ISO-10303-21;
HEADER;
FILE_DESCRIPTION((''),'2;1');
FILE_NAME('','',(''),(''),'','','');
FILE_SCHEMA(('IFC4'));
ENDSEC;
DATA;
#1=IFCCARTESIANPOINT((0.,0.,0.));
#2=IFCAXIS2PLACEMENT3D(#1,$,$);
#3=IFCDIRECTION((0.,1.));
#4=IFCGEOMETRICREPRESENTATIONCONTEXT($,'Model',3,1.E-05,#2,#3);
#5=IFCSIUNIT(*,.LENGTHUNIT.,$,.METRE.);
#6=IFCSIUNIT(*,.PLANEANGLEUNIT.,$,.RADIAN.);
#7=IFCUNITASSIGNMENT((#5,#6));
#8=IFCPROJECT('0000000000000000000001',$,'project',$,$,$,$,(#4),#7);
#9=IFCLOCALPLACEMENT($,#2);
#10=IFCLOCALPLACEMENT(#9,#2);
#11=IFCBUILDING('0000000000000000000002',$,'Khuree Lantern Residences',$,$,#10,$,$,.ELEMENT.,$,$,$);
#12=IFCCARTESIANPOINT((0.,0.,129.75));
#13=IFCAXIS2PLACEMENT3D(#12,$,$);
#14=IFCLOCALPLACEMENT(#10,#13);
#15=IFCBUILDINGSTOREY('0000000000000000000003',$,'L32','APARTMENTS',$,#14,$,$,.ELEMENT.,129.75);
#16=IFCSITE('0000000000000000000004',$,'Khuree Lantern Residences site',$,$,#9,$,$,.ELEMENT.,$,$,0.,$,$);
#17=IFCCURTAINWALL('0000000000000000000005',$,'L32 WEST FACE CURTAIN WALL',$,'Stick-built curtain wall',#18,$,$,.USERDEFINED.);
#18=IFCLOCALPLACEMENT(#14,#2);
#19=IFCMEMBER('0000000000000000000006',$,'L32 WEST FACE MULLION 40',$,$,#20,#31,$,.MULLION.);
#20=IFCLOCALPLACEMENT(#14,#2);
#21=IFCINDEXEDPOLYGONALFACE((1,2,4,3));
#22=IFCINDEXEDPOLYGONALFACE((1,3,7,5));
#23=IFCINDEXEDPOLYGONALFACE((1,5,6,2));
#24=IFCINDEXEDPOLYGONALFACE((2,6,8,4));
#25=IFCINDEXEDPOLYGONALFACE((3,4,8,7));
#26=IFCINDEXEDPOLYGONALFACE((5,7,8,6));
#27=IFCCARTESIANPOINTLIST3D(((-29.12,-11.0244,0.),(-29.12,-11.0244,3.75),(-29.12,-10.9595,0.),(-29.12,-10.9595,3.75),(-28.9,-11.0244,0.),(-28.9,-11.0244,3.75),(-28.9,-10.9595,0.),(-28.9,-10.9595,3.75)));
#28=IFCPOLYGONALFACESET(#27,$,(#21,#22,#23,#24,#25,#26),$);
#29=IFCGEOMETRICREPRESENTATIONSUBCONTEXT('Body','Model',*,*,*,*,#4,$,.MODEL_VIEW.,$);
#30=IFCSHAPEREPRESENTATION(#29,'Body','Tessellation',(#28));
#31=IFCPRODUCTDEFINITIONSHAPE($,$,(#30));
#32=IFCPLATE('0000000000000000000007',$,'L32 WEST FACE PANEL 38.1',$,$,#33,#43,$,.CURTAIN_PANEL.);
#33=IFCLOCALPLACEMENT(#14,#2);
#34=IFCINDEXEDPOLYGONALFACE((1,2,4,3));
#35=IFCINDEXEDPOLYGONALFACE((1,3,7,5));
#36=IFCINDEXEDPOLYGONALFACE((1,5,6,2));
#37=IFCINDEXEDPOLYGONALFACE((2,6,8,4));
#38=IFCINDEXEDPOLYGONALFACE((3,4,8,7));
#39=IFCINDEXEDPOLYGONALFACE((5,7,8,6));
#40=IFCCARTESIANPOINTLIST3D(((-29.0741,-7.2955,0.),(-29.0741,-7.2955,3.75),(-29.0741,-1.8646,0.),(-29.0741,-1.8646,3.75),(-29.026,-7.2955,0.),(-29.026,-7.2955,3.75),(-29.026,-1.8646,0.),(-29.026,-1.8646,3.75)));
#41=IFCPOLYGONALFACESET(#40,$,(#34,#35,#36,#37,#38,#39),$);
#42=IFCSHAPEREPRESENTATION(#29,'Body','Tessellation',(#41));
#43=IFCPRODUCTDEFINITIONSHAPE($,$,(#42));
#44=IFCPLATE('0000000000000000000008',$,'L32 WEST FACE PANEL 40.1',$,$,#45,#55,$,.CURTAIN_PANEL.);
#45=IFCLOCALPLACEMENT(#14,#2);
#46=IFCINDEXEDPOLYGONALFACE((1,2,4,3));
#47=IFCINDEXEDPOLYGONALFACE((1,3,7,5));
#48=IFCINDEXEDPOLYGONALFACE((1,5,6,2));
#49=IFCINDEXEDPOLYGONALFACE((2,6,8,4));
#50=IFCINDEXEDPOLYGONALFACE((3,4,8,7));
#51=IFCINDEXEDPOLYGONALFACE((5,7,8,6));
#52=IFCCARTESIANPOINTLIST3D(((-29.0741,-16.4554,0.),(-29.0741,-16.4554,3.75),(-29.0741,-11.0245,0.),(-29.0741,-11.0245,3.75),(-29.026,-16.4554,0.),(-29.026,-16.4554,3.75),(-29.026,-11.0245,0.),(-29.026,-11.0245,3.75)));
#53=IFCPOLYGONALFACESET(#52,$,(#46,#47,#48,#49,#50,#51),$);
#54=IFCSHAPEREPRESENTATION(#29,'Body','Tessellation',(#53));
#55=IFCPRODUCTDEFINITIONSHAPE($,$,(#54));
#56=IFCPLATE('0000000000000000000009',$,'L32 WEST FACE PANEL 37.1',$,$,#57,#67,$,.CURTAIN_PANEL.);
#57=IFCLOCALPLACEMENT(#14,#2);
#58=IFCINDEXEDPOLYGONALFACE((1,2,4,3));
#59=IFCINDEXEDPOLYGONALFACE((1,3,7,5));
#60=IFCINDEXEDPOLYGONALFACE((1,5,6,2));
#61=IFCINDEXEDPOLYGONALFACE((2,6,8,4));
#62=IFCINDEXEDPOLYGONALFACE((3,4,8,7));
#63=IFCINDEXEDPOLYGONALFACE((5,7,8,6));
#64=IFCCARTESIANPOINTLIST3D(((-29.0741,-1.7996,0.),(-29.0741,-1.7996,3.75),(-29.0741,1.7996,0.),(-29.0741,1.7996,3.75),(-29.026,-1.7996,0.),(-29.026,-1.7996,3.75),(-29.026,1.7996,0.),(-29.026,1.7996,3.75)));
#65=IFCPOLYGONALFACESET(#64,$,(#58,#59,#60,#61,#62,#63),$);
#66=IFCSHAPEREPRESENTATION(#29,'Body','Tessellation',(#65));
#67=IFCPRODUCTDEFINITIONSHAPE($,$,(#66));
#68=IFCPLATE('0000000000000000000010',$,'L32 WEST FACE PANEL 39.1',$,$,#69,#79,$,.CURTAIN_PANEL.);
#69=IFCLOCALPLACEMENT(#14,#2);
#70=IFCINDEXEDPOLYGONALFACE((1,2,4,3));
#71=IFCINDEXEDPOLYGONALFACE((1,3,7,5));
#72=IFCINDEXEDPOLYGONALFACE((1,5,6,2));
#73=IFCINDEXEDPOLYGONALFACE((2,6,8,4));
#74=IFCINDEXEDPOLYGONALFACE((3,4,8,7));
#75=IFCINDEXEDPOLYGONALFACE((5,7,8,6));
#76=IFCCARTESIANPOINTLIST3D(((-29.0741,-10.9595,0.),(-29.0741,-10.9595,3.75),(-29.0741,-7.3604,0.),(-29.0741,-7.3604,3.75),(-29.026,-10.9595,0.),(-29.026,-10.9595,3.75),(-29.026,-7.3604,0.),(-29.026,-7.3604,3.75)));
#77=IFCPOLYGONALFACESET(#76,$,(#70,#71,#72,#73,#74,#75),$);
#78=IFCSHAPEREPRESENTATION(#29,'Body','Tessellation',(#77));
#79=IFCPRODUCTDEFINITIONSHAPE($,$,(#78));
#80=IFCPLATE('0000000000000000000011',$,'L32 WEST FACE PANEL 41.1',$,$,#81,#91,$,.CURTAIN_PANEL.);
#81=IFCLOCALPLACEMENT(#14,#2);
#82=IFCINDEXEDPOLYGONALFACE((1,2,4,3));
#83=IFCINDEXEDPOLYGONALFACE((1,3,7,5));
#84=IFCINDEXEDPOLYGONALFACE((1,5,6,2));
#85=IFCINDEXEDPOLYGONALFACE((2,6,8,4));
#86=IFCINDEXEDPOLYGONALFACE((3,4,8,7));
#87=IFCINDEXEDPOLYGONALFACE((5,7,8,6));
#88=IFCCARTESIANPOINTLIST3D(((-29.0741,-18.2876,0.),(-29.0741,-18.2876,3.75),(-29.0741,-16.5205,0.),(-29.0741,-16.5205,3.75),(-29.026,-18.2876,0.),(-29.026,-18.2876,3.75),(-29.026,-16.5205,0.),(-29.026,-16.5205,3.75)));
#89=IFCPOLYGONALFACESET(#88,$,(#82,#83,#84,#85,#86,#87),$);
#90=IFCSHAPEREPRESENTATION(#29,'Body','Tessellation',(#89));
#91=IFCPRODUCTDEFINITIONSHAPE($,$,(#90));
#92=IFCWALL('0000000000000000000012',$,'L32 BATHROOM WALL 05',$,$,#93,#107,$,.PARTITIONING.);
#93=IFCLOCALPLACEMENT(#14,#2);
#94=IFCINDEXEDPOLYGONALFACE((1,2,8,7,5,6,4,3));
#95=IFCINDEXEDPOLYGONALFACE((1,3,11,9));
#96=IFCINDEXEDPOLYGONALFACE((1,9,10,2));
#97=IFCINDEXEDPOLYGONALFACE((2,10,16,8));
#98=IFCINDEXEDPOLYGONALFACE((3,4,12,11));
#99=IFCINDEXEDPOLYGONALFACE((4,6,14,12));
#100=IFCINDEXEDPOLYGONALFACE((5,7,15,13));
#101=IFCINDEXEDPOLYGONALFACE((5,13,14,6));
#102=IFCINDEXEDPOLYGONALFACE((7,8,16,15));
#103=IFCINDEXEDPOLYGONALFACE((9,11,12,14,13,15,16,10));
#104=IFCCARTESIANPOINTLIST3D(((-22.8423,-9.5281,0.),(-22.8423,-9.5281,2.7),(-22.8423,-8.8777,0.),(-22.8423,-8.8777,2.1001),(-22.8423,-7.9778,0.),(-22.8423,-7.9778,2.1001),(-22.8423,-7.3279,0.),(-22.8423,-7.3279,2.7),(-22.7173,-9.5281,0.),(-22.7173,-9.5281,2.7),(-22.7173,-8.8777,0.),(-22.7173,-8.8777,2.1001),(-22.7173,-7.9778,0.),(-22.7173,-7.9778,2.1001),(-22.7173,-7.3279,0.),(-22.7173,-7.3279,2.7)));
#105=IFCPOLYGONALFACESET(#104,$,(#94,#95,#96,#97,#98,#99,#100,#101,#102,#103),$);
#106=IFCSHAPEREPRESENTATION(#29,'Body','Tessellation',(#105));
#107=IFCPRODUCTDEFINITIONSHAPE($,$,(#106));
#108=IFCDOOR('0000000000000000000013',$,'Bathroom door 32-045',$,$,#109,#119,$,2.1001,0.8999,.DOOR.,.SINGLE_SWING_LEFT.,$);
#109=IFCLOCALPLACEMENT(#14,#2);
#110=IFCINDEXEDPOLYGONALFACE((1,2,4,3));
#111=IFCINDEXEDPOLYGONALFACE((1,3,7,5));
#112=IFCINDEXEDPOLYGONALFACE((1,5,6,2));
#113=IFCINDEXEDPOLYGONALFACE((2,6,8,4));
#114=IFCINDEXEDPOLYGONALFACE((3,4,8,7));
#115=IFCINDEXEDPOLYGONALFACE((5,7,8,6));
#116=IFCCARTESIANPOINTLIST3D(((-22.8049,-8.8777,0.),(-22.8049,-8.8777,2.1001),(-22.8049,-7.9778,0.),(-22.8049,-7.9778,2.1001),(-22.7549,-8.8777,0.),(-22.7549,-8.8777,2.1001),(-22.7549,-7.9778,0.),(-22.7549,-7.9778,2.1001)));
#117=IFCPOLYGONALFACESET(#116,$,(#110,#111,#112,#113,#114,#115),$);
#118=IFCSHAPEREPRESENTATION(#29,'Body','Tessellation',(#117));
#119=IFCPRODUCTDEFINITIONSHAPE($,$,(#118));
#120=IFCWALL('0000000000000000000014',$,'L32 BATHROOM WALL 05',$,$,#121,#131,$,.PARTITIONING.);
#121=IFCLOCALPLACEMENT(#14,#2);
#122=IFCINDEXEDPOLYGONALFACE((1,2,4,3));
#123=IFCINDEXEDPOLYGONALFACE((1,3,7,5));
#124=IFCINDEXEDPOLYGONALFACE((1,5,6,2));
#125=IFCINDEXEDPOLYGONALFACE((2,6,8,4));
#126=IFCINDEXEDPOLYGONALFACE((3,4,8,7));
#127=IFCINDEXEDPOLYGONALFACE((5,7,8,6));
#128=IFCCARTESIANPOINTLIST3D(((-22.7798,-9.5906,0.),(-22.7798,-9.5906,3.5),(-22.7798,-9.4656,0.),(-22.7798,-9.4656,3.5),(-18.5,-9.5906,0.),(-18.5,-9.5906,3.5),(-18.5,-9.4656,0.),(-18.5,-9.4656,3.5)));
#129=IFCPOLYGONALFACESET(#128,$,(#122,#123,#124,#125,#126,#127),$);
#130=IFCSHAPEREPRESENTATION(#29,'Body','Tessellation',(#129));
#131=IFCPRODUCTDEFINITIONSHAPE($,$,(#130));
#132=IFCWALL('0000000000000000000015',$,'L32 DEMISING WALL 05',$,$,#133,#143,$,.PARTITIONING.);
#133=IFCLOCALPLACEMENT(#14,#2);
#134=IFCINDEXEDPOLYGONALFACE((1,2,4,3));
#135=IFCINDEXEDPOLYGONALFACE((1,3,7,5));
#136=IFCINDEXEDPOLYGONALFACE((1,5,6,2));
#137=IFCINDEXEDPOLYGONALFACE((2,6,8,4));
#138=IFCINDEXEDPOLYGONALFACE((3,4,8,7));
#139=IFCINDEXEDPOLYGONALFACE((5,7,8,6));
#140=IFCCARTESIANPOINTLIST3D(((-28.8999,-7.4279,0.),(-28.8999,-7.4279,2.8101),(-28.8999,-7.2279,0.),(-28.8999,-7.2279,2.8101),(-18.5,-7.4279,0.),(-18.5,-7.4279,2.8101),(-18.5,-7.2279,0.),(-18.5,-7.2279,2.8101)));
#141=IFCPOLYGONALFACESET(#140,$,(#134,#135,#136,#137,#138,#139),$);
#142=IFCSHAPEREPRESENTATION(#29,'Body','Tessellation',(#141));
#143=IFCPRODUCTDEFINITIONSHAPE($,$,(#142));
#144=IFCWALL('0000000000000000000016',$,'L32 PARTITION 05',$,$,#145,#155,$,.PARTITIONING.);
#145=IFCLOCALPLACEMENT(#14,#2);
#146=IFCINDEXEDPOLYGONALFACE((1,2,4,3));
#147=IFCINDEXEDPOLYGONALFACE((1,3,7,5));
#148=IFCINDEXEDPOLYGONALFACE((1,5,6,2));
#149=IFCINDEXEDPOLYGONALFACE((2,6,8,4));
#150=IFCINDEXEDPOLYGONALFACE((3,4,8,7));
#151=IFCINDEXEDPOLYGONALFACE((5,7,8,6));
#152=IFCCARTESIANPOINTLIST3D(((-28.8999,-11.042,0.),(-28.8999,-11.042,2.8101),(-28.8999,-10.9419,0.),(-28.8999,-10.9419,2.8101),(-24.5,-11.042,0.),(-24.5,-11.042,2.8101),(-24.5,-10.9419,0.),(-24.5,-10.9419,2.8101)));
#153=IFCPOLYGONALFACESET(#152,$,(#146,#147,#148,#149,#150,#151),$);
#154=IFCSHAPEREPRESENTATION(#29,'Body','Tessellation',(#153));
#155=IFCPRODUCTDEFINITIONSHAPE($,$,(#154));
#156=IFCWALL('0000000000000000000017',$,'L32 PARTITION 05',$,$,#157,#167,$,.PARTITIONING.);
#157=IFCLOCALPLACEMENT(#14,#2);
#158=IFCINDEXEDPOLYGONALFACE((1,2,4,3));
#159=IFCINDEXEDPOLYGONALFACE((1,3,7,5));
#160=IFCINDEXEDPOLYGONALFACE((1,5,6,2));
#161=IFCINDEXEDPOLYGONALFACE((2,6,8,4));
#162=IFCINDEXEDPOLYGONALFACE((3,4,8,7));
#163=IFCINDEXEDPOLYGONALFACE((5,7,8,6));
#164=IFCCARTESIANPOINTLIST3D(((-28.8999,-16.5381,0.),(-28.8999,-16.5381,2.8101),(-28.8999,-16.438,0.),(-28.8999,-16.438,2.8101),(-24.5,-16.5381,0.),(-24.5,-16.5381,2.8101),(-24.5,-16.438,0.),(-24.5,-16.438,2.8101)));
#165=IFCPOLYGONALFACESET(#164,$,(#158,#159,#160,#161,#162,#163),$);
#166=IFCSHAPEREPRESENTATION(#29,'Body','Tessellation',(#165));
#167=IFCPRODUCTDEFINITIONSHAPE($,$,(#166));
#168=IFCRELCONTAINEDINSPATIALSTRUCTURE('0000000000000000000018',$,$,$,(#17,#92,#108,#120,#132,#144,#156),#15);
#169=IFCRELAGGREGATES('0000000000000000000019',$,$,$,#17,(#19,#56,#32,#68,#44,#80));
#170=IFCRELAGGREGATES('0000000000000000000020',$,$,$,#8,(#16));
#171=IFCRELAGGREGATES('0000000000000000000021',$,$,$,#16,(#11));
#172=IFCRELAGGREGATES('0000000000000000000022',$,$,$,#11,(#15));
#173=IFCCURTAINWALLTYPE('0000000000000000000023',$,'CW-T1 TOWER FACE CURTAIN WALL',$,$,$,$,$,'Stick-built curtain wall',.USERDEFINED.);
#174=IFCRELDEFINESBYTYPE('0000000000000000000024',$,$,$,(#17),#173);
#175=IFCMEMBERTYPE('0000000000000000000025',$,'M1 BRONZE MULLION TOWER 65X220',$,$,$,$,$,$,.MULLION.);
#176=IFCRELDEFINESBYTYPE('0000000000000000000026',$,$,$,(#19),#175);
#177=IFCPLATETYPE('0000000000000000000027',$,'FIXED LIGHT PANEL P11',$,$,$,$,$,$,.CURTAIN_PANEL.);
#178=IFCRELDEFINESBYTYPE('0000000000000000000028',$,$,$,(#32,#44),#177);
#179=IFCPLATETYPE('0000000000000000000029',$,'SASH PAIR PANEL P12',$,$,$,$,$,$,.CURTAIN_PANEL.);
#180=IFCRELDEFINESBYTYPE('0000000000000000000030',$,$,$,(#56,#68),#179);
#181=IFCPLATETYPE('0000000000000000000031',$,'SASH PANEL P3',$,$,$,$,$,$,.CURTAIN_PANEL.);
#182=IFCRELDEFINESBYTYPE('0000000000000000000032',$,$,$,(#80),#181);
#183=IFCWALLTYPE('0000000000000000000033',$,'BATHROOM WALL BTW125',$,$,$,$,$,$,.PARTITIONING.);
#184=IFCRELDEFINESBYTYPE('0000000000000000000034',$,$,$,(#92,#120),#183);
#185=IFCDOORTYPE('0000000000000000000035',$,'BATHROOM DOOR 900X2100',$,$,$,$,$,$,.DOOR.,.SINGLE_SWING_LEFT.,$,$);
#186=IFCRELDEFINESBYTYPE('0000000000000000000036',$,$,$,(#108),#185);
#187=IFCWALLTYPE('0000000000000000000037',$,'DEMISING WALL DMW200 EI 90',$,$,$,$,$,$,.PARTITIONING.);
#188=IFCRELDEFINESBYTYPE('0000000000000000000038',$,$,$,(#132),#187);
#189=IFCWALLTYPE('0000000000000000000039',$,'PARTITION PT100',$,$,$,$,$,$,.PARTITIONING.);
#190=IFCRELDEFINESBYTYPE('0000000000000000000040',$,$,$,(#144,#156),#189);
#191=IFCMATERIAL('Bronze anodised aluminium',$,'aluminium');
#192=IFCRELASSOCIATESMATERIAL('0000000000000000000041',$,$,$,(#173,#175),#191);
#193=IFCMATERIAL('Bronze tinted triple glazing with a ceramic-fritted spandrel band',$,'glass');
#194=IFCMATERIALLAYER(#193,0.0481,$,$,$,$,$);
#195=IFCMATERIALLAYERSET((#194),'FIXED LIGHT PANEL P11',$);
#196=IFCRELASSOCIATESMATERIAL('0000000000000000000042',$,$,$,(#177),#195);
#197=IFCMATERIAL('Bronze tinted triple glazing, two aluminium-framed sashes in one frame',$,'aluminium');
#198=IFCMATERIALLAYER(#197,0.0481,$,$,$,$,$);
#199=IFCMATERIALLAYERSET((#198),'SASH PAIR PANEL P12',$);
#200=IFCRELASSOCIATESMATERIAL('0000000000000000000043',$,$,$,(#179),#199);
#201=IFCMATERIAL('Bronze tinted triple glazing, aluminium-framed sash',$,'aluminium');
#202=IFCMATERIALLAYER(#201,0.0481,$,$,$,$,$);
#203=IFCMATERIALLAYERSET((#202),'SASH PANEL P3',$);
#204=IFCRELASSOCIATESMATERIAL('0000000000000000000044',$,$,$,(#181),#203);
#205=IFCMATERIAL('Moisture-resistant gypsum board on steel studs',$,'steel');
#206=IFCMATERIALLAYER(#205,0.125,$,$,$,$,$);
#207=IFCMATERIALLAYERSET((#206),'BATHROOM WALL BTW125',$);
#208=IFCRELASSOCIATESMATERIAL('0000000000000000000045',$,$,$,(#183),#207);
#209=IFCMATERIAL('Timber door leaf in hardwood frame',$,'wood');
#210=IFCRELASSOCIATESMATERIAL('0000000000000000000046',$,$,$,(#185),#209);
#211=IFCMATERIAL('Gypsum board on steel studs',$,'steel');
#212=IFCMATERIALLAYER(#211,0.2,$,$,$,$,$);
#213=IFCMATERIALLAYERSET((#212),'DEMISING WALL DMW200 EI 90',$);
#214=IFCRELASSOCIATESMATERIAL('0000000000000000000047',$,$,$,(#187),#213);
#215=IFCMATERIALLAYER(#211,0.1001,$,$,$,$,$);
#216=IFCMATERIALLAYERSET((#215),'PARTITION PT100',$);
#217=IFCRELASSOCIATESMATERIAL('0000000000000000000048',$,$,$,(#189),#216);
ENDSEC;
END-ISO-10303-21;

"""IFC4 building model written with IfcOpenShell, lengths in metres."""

from ifc_helpers import new_model, si_unit, direction, frame, frame_2d, origin, origin_2d, place, context, subcontext, project, spatial, rectangle, extrude, material, layer, layer_set, material_profile, profile_set, type_object, element, fill, aggregate, save


model = new_model("IFC4")

# Units and contexts
model_context = context("Model", 3, precision=1e-05, world=origin(), true_north=direction((0.0, 1.0)))
body_context = subcontext(model_context, "Body", "Model", "MODEL_VIEW")
ifc_project = project(units=[si_unit("LENGTHUNIT", "METRE"), si_unit("PLANEANGLEUNIT", "RADIAN")], contexts=[model_context])

# Site, building, storey
site_placement = place(None, origin())
site = spatial("IfcSite", under=ifc_project, at=site_placement, Name="Khuree Lantern Residences site", CompositionType="ELEMENT", RefElevation=0.0)
building_placement = place(site_placement, origin())
building = spatial("IfcBuilding", under=site, at=building_placement, Name="Khuree Lantern Residences", CompositionType="ELEMENT")
storey_placement = place(building_placement, frame((0.0, 0.0, 129.75)))
storey = spatial("IfcBuildingStorey", under=building, at=storey_placement, Name="L32", Description="APARTMENTS", CompositionType="ELEMENT", Elevation=129.75)

# Curtain wall
ifc_material_1 = material(Name="Bronze anodised aluminium", Category="aluminium")
curtain_wall_type = type_object("IfcCurtainWallType", Name="CW-T1 TOWER FACE CURTAIN WALL", ElementType="Stick-built curtain wall", PredefinedType="USERDEFINED", material=ifc_material_1)
curtain_wall_placement = place(storey_placement, origin())
curtain_wall = element("IfcCurtainWall", 1, at=curtain_wall_placement, inside=storey, type_object=curtain_wall_type, Name="L32 WEST FACE CURTAIN WALL", ObjectType="Stick-built curtain wall", PredefinedType="USERDEFINED")

# Member
ifc_material_profile_1 = material_profile(ifc_material_1, rectangle(XDim=0.0649, YDim=0.22, at=origin_2d()), Name="M1 65X220")
ifc_profile_set_1 = profile_set([ifc_material_profile_1], Name="Bronze anodised aluminium")
member_type_1 = type_object("IfcMemberType", Name="M1 BRONZE MULLION TOWER 65X220", PredefinedType="MULLION", material=ifc_profile_set_1)
member_1_placement = place(storey_placement, frame((-29.01, -10.9919, 0.0), z_axis=(0.0, 0.0, 1.0), x_axis=(0.0, -1.0, 0.0)))
member_1 = element("IfcMember", 2, at=member_1_placement, type_object=member_type_1, Name="L32 WEST FACE MULLION 40", PredefinedType="MULLION", context=body_context, shape_type="SweptSolid", body=[
    extrude(rectangle(XDim=0.0649, YDim=0.22, at=origin_2d()), origin(), (0.0, 0.0, 1.0), 3.75),
])

# Plates
ifc_material_2 = material(Name="Bronze tinted triple glazing with a ceramic-fritted spandrel band", Category="glass")
ifc_layer_1 = layer(ifc_material_2, 0.0481)
ifc_layer_set_1 = layer_set([ifc_layer_1], Name="FIXED LIGHT PANEL P11")
plate_type_1 = type_object("IfcPlateType", Name="FIXED LIGHT PANEL P11", PredefinedType="CURTAIN_PANEL", material=ifc_layer_set_1)
plate_1_placement = place(storey_placement, frame((-29.05, -4.5801, 0.0), z_axis=(0.0, 0.0, 1.0), x_axis=(0.0, -1.0, 0.0)))
plate_1 = element("IfcPlate", 3, at=plate_1_placement, type_object=plate_type_1, Name="L32 WEST FACE PANEL 38.1", PredefinedType="CURTAIN_PANEL", context=body_context, shape_type="SweptSolid", body=[
    extrude(rectangle(XDim=5.4309, YDim=0.0481, at=origin_2d()), origin(), (0.0, 0.0, 1.0), 3.75),
])
plate_2_placement = place(storey_placement, frame((-29.05, -13.74, 0.0), z_axis=(0.0, 0.0, 1.0), x_axis=(0.0, -1.0, 0.0)))
plate_2 = element("IfcPlate", 4, at=plate_2_placement, type_object=plate_type_1, Name="L32 WEST FACE PANEL 40.1", PredefinedType="CURTAIN_PANEL", context=body_context, shape_type="SweptSolid", body=[
    extrude(rectangle(XDim=5.4309, YDim=0.0481, at=origin_2d()), origin(), (0.0, 0.0, 1.0), 3.75),
])
ifc_material_3 = material(Name="Bronze tinted triple glazing, two aluminium-framed sashes in one frame", Category="aluminium")
ifc_layer_2 = layer(ifc_material_3, 0.0481)
ifc_layer_set_2 = layer_set([ifc_layer_2], Name="SASH PAIR PANEL P12")
plate_type_2 = type_object("IfcPlateType", Name="SASH PAIR PANEL P12", PredefinedType="CURTAIN_PANEL", material=ifc_layer_set_2)
plate_3_placement = place(storey_placement, frame((-29.05, 0.0, 0.0), z_axis=(0.0, 0.0, 1.0), x_axis=(0.0, -1.0, 0.0)))
plate_3 = element("IfcPlate", 5, at=plate_3_placement, type_object=plate_type_2, Name="L32 WEST FACE PANEL 37.1", PredefinedType="CURTAIN_PANEL", context=body_context, shape_type="SweptSolid", body=[
    extrude(rectangle(XDim=3.5991, YDim=0.0481, at=origin_2d()), origin(), (0.0, 0.0, 1.0), 3.75),
])
plate_4_placement = place(storey_placement, frame((-29.05, -9.1599, 0.0), z_axis=(0.0, 0.0, 1.0), x_axis=(0.0, -1.0, 0.0)))
plate_4 = element("IfcPlate", 6, at=plate_4_placement, type_object=plate_type_2, Name="L32 WEST FACE PANEL 39.1", PredefinedType="CURTAIN_PANEL", context=body_context, shape_type="SweptSolid", body=[
    extrude(rectangle(XDim=3.5991, YDim=0.0481, at=origin_2d()), origin(), (0.0, 0.0, 1.0), 3.75),
])
ifc_material_4 = material(Name="Bronze tinted triple glazing, aluminium-framed sash", Category="aluminium")
ifc_layer_3 = layer(ifc_material_4, 0.0481)
ifc_layer_set_3 = layer_set([ifc_layer_3], Name="SASH PANEL P3")
plate_type_3 = type_object("IfcPlateType", Name="SASH PANEL P3", PredefinedType="CURTAIN_PANEL", material=ifc_layer_set_3)
plate_5_placement = place(storey_placement, frame((-29.05, -17.4041, 0.0), z_axis=(0.0, 0.0, 1.0), x_axis=(0.0, -1.0, 0.0)))
plate_5 = element("IfcPlate", 7, at=plate_5_placement, type_object=plate_type_3, Name="L32 WEST FACE PANEL 41.1", PredefinedType="CURTAIN_PANEL", context=body_context, shape_type="SweptSolid", body=[
    extrude(rectangle(XDim=1.7671, YDim=0.0481, at=origin_2d()), origin(), (0.0, 0.0, 1.0), 3.75),
])
aggregate(curtain_wall, [member_1, plate_3, plate_1, plate_4, plate_2, plate_5])

# Wall, opening, door
ifc_material_5 = material(Name="Moisture-resistant gypsum board on steel studs", Category="steel")
ifc_layer_4 = layer(ifc_material_5, 0.125)
ifc_layer_set_4 = layer_set([ifc_layer_4], Name="BATHROOM WALL BTW125")
wall_type_1 = type_object("IfcWallType", Name="BATHROOM WALL BTW125", PredefinedType="PARTITIONING", material=ifc_layer_set_4)
wall_1_placement = place(storey_placement, frame((-22.7798, -7.3279, 0.0), z_axis=(0.0, 0.0, 1.0), x_axis=(0.0, -1.0, 0.0)))
wall_1 = element("IfcWall", 8, at=wall_1_placement, inside=storey, type_object=wall_type_1, Name="L32 BATHROOM WALL 05", PredefinedType="PARTITIONING", context=body_context, shape_type="SweptSolid", body=[
    extrude(rectangle(XDim=2.2002, YDim=0.125, at=frame_2d((1.1001, 0.0))), origin(), (0.0, 0.0, 1.0), 2.7),
])
opening_1_placement = place(wall_1_placement, frame((0.6499, 0.0, 0.0)))
opening_1 = element("IfcOpeningElement", 9, at=opening_1_placement, cuts=wall_1, PredefinedType="OPENING", context=body_context, shape_type="SweptSolid", body=[
    extrude(rectangle(XDim=0.8999, YDim=2.1001, at=frame_2d((0.45, 1.05))), frame((0.0, 0.0725, 0.0), z_axis=(0.0, -1.0, 0.0), x_axis=(1.0, 0.0, 0.0)), (0.0, 0.0, 1.0), 0.145),
])
ifc_material_6 = material(Name="Timber door leaf in hardwood frame", Category="wood")
door_type_1 = type_object("IfcDoorType", Name="BATHROOM DOOR 900X2100", OperationType="SINGLE_SWING_LEFT", PredefinedType="DOOR", material=ifc_material_6)
door_1_placement = place(opening_1_placement, origin())
door_1 = element("IfcDoor", 10, at=door_1_placement, inside=storey, type_object=door_type_1, Name="Bathroom door 32-045", OperationType="SINGLE_SWING_LEFT", OverallHeight=2.1001, OverallWidth=0.8999, PredefinedType="DOOR", context=body_context, shape_type="SweptSolid", body=[
    extrude(rectangle(XDim=0.8999, YDim=2.1001, at=frame_2d((0.45, 1.05))), frame((0.0, 0.0249, 0.0), z_axis=(0.0, -1.0, 0.0), x_axis=(1.0, 0.0, 0.0)), (0.0, 0.0, 1.0), 0.05),
])
fill(opening_1, door_1)

# Walls
wall_2_placement = place(storey_placement, frame((-18.5, -9.5281, 0.0), z_axis=(0.0, 0.0, 1.0), x_axis=(-1.0, 0.0, 0.0)))
element("IfcWall", 11, at=wall_2_placement, inside=storey, type_object=wall_type_1, Name="L32 BATHROOM WALL 05", PredefinedType="PARTITIONING", context=body_context, shape_type="SweptSolid", body=[
    extrude(rectangle(XDim=4.2798, YDim=0.125, at=frame_2d((2.1399, 0.0))), origin(), (0.0, 0.0, 1.0), 3.5),
])
ifc_material_7 = material(Name="Gypsum board on steel studs", Category="steel")
ifc_layer_5 = layer(ifc_material_7, 0.2)
ifc_layer_set_5 = layer_set([ifc_layer_5], Name="DEMISING WALL DMW200 EI 90")
wall_type_2 = type_object("IfcWallType", Name="DEMISING WALL DMW200 EI 90", PredefinedType="PARTITIONING", material=ifc_layer_set_5)
wall_3_placement = place(storey_placement, frame((-18.5, -7.3279, 0.0), z_axis=(0.0, 0.0, 1.0), x_axis=(-1.0, 0.0, 0.0)))
element("IfcWall", 12, at=wall_3_placement, inside=storey, type_object=wall_type_2, Name="L32 DEMISING WALL 05", PredefinedType="PARTITIONING", context=body_context, shape_type="SweptSolid", body=[
    extrude(rectangle(XDim=10.3999, YDim=0.2, at=frame_2d((5.2, 0.0))), origin(), (0.0, 0.0, 1.0), 2.8101),
])
ifc_layer_6 = layer(ifc_material_7, 0.1001)
ifc_layer_set_6 = layer_set([ifc_layer_6], Name="PARTITION PT100")
wall_type_3 = type_object("IfcWallType", Name="PARTITION PT100", PredefinedType="PARTITIONING", material=ifc_layer_set_6)
for number, where, z_axis, x_axis, name in (
    (13, (-24.5, -10.9919, 0.0), (0.0, 0.0, 1.0), (-1.0, 0.0, 0.0), "L32 PARTITION 05"),
    (14, (-24.5, -16.488, 0.0), (0.0, 0.0, 1.0), (-1.0, 0.0, 0.0), "L32 PARTITION 05"),
):
    element("IfcWall", number, at=place(storey_placement, frame(where, z_axis=z_axis, x_axis=x_axis)), inside=storey, type_object=wall_type_3, Name=name, PredefinedType="PARTITIONING", context=body_context, shape_type="SweptSolid", body=[
        extrude(rectangle(XDim=4.3999, YDim=0.1001, at=frame_2d((2.2, 0.0))), origin(), (0.0, 0.0, 1.0), 2.8101),
    ])

save(model, "model.ifc")
